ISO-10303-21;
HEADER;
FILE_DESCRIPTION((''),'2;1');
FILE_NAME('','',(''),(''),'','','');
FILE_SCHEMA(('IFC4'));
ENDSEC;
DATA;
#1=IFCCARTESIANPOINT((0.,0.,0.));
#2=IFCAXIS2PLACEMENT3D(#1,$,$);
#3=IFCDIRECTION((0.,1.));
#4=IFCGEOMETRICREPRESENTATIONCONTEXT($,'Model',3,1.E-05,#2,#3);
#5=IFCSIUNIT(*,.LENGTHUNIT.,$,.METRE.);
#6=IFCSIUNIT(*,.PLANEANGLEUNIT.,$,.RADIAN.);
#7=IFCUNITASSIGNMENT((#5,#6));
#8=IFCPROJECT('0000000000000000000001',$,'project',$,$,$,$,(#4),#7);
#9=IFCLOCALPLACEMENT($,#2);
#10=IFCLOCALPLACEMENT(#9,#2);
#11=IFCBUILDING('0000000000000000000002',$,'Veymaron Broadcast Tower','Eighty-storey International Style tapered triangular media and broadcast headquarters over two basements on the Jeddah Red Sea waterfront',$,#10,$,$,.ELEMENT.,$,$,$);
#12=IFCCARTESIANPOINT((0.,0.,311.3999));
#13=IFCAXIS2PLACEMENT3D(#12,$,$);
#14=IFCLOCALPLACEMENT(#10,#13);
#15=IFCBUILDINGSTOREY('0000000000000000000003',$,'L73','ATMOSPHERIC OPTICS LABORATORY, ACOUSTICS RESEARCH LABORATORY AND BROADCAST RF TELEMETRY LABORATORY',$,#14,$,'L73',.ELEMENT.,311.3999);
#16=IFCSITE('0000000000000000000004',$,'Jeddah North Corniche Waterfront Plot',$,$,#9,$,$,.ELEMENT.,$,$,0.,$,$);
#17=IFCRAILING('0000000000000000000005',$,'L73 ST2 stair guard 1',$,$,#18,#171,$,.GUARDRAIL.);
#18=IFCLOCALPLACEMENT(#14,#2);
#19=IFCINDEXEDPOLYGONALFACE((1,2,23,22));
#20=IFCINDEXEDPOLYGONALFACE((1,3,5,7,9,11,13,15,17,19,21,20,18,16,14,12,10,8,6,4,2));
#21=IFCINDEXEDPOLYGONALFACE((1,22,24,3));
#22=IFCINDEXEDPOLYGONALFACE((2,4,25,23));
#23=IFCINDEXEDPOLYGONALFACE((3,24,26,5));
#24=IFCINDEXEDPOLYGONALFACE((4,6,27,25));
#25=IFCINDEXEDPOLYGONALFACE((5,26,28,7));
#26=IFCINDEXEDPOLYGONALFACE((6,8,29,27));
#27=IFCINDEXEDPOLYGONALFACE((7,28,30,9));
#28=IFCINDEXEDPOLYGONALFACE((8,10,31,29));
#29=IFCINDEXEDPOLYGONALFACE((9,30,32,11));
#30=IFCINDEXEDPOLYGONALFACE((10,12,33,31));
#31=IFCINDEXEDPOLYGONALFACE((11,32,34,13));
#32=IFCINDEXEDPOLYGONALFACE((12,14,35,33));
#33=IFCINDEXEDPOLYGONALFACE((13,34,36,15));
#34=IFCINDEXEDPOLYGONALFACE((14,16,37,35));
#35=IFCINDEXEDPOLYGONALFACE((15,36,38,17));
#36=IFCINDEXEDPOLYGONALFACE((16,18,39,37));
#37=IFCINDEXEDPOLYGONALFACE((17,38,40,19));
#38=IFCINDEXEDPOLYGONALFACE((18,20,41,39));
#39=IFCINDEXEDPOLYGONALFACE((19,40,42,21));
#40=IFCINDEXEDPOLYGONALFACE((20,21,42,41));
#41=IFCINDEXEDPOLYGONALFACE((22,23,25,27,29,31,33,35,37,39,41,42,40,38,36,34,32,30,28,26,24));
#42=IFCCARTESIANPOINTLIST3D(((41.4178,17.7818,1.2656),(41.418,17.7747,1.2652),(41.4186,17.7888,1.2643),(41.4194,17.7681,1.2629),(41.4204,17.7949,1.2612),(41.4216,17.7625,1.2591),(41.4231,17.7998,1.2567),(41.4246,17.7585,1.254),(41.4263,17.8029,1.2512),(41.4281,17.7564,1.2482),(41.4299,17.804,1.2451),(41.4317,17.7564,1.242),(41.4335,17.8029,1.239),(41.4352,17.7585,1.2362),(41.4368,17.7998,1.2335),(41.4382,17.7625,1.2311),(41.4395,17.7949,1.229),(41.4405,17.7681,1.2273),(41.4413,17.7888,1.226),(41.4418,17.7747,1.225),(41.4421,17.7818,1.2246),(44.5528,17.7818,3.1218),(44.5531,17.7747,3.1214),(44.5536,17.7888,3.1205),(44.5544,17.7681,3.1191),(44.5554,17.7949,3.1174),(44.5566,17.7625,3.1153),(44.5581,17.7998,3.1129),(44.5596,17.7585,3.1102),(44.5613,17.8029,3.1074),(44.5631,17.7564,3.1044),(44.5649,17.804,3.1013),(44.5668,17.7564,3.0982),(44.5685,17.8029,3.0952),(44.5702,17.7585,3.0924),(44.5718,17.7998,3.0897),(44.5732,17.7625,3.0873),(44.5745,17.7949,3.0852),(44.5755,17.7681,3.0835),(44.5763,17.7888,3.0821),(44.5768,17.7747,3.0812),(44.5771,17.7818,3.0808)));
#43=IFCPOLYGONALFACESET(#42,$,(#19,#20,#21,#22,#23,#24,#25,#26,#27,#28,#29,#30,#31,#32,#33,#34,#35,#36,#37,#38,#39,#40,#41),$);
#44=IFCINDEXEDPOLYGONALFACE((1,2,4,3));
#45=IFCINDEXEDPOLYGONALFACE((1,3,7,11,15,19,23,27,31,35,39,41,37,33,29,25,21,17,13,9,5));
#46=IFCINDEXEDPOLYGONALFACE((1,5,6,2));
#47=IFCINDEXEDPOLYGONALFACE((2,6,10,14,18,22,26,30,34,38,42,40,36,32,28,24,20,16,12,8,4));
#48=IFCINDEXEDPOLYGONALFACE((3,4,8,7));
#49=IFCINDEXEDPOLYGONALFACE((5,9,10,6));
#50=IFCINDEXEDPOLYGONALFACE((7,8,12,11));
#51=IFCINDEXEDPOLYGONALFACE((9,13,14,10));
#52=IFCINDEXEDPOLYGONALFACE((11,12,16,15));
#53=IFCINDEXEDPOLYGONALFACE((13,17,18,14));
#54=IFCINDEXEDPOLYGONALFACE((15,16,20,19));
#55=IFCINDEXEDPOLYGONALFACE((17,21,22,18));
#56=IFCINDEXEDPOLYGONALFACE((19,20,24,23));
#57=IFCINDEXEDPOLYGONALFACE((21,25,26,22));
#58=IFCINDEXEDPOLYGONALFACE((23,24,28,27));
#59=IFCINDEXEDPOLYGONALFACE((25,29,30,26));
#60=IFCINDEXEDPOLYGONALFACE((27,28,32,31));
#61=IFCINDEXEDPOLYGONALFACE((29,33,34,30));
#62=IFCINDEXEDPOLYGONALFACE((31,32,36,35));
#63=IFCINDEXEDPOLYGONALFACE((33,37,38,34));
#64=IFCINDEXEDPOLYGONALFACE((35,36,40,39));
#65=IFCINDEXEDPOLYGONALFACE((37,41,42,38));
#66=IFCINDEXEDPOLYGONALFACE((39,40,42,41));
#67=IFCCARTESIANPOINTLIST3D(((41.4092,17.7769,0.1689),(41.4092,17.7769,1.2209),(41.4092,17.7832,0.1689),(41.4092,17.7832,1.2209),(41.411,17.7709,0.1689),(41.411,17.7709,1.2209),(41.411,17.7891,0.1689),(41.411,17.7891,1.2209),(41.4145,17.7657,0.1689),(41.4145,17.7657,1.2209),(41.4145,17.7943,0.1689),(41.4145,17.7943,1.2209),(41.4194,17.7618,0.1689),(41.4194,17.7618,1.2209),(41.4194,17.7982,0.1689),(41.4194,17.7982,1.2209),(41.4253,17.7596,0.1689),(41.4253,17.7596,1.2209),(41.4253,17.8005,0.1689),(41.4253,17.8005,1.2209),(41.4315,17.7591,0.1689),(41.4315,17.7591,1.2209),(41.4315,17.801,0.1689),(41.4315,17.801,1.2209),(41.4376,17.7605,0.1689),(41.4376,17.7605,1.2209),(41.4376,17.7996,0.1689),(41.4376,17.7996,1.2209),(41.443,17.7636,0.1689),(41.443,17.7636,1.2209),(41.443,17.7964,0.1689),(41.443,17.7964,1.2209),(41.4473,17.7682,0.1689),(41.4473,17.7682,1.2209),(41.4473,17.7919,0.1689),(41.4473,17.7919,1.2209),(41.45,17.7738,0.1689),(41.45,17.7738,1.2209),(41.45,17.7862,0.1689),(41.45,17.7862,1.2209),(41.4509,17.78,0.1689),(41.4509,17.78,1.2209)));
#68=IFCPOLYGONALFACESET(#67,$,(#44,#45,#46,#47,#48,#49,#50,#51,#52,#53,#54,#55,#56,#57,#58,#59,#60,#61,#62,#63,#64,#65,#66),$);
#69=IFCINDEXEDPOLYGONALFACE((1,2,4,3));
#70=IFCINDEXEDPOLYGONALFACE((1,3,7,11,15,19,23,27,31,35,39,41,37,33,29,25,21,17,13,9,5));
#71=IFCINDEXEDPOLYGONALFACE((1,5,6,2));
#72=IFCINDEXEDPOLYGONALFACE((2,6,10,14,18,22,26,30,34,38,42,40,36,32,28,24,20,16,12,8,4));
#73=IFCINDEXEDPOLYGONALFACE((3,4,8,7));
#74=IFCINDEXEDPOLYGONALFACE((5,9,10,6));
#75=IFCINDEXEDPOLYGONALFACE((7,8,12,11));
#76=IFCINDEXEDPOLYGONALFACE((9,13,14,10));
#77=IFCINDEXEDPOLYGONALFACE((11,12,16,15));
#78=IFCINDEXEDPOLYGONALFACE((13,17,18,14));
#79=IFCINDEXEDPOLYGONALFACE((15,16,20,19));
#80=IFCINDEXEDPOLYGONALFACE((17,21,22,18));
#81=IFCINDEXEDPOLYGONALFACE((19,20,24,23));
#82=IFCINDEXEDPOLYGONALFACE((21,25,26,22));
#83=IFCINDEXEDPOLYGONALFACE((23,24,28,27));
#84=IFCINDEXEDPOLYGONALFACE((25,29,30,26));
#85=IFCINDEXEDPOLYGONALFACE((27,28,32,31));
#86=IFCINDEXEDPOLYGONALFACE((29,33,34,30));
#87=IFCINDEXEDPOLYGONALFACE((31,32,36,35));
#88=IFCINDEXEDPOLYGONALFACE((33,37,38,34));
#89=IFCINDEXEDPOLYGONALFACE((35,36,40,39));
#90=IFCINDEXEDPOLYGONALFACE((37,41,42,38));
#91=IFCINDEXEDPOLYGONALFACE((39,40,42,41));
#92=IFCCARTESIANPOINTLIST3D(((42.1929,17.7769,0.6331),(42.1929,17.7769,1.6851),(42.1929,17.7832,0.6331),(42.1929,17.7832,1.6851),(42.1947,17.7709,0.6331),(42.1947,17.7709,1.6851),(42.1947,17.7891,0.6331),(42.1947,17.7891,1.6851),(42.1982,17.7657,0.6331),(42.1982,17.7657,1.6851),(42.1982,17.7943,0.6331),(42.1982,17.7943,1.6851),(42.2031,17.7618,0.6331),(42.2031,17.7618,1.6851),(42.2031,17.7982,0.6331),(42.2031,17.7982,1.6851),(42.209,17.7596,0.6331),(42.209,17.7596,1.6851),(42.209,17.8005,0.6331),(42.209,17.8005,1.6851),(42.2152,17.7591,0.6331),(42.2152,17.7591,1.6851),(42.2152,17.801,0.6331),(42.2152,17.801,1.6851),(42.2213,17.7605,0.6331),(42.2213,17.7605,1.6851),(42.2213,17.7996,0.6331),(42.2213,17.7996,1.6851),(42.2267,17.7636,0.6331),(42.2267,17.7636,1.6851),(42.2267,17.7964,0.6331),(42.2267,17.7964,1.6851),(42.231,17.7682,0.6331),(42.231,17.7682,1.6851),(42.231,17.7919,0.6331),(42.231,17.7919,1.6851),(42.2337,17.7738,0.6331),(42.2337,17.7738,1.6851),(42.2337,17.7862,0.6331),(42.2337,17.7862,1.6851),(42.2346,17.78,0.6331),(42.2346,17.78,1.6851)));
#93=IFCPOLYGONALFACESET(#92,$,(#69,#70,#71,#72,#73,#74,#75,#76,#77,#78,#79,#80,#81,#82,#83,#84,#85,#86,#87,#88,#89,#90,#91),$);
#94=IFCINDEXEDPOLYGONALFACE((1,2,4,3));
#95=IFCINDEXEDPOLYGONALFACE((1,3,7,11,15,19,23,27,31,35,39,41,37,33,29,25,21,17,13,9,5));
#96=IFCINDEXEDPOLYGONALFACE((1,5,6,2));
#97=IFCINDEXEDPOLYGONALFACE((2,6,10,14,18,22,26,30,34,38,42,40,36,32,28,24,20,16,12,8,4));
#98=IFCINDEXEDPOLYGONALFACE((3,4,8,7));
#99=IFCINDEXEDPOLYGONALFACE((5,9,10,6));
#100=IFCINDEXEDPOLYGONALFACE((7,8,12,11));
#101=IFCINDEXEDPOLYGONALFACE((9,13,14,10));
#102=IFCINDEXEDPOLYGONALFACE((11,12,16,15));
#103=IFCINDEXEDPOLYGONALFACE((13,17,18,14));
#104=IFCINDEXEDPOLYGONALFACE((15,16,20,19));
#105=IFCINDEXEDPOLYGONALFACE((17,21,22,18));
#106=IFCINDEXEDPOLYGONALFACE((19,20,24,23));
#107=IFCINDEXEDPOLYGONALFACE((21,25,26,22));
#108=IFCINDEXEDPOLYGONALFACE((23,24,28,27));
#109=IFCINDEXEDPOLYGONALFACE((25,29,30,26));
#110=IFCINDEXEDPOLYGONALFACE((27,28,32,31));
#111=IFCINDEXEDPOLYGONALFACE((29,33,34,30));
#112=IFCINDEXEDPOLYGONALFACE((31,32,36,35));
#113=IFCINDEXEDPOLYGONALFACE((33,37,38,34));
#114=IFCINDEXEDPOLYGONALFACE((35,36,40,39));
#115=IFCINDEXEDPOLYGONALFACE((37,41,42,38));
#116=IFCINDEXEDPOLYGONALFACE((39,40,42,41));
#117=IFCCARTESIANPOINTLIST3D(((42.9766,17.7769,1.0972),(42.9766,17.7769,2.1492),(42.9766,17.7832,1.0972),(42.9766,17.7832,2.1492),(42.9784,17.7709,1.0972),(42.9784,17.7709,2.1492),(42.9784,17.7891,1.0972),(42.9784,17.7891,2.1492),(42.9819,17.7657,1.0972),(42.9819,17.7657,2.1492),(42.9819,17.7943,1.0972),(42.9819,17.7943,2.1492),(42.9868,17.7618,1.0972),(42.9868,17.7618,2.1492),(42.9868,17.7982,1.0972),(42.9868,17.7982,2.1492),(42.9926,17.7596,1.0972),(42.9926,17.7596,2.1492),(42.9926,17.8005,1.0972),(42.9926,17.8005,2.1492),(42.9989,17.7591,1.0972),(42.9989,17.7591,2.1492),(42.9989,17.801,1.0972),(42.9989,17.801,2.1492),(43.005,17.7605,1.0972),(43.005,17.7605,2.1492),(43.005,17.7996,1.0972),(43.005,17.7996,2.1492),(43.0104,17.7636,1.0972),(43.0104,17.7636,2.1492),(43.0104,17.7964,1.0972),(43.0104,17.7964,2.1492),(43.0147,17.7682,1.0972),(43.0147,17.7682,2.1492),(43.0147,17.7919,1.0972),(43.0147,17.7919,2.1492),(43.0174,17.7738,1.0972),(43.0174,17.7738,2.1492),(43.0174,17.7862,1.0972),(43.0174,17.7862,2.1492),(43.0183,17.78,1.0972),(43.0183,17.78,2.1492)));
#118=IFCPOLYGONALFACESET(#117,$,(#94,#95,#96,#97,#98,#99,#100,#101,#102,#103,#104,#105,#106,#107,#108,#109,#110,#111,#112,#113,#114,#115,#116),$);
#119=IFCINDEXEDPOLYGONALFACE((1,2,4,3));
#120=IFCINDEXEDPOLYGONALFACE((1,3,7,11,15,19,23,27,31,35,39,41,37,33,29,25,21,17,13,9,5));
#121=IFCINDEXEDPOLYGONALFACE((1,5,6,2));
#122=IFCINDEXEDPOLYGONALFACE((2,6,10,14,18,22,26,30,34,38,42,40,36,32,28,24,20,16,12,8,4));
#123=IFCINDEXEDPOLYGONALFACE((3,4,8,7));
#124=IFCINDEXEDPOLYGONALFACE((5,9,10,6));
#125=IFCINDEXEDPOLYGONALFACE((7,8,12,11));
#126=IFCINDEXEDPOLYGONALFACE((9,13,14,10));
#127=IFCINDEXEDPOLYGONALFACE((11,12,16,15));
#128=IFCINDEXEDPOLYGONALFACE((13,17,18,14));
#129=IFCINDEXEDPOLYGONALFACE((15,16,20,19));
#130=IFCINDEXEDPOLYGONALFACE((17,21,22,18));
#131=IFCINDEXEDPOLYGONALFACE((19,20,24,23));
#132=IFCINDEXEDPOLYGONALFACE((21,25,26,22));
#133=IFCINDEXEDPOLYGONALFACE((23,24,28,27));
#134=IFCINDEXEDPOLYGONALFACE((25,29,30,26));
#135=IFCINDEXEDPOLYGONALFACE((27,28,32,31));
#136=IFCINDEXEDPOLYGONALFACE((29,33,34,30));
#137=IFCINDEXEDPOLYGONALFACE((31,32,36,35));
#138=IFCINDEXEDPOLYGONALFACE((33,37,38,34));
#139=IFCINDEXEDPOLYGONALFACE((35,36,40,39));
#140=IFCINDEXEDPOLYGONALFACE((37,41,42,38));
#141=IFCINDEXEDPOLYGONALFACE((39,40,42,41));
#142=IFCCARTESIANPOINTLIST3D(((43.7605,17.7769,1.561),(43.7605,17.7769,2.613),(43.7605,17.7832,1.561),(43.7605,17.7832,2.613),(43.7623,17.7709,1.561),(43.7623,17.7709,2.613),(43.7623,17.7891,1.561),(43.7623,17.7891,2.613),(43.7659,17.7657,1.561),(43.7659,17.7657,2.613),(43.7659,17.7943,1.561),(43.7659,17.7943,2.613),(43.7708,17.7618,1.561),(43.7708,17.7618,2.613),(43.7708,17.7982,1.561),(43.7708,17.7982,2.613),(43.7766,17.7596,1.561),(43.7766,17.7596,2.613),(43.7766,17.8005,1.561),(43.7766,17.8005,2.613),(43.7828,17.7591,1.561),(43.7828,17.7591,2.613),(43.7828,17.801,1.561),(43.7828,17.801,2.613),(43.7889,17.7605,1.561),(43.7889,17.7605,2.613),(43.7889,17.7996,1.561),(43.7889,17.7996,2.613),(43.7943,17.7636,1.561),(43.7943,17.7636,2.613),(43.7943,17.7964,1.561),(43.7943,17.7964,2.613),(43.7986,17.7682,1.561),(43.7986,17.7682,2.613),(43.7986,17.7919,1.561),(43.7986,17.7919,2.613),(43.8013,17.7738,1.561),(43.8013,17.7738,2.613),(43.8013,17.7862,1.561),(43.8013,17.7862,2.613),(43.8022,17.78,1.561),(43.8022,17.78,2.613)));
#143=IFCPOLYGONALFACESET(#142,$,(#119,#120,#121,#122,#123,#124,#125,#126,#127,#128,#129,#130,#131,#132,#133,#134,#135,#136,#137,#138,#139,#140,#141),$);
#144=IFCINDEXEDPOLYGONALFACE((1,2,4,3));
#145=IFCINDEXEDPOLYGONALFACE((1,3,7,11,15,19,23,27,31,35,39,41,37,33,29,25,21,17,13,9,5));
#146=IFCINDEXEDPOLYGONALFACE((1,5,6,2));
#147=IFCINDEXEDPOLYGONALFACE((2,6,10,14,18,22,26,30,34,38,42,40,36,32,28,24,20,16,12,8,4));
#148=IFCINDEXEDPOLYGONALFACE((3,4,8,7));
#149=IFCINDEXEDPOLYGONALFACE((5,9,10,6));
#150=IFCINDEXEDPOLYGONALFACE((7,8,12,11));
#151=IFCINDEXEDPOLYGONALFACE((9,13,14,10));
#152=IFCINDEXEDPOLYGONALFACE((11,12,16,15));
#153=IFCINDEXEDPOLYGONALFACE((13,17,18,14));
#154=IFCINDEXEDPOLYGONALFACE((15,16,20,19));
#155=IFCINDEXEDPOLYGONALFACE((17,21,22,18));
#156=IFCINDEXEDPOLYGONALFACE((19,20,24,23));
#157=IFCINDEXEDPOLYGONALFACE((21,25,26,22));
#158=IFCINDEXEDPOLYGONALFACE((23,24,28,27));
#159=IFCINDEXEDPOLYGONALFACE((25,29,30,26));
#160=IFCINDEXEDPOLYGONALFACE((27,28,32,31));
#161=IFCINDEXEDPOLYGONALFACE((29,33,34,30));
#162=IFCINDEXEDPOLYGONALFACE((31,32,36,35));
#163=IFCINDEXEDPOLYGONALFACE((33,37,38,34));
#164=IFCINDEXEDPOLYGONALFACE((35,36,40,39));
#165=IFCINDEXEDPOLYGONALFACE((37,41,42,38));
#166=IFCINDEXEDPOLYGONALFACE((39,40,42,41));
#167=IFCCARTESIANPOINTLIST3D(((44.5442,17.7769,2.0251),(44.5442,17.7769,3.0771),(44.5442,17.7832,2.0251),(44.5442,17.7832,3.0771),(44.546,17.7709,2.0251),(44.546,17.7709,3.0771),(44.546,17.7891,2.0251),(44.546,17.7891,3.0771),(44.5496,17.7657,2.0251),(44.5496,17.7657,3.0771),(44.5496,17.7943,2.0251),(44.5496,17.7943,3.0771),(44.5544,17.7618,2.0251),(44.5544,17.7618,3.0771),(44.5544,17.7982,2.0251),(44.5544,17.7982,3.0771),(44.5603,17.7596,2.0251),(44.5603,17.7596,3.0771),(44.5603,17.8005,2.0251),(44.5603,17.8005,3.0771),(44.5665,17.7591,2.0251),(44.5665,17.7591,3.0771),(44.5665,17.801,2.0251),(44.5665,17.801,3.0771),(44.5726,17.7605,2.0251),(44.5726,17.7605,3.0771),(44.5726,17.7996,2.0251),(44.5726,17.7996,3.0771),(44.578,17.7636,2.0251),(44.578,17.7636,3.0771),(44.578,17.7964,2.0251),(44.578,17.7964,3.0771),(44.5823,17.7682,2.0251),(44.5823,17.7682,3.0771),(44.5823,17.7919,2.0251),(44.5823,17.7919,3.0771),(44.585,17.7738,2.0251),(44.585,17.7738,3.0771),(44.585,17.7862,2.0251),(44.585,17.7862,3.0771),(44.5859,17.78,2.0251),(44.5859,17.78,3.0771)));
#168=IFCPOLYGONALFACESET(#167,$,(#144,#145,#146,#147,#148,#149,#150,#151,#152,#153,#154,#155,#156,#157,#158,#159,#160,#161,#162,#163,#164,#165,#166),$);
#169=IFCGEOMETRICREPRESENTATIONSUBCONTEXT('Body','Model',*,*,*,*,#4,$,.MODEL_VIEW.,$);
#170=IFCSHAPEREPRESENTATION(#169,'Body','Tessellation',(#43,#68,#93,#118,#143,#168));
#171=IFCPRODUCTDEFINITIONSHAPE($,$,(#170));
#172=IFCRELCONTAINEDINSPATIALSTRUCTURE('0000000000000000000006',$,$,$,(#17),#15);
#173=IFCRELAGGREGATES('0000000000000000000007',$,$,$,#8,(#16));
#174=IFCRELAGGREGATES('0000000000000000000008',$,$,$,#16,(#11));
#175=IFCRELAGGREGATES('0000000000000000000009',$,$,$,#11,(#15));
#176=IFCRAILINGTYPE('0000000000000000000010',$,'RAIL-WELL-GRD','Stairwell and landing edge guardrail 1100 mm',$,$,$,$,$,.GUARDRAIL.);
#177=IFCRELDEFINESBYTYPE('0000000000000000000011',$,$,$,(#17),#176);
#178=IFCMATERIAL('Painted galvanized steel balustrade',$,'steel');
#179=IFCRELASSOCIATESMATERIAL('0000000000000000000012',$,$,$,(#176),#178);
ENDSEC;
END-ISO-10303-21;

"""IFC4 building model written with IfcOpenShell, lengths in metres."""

from ifc_helpers import new_model, si_unit, direction, frame, origin, origin_2d, place, context, subcontext, project, spatial, circle, extrude, material, type_object, element, save


model = new_model("IFC4")

# Units and contexts
model_context = context("Model", 3, precision=1e-05, world=origin(), true_north=direction((0.0, 1.0)))
body_context = subcontext(model_context, "Body", "Model", "MODEL_VIEW")
ifc_project = project(units=[si_unit("LENGTHUNIT", "METRE"), si_unit("PLANEANGLEUNIT", "RADIAN")], contexts=[model_context])

# Site, building, storey
site_placement = place(None, origin())
site = spatial("IfcSite", under=ifc_project, at=site_placement, Name="Jeddah North Corniche Waterfront Plot", CompositionType="ELEMENT", RefElevation=0.0)
building_placement = place(site_placement, origin())
building = spatial("IfcBuilding", under=site, at=building_placement, Name="Veymaron Broadcast Tower", Description="Eighty-storey International Style tapered triangular media and broadcast headquarters over two basements on the Jeddah Red Sea waterfront", CompositionType="ELEMENT")
storey_placement = place(building_placement, frame((0.0, 0.0, 311.3999)))
storey = spatial("IfcBuildingStorey", under=building, at=storey_placement, Name="L73", Description="ATMOSPHERIC OPTICS LABORATORY, ACOUSTICS RESEARCH LABORATORY AND BROADCAST RF TELEMETRY LABORATORY", LongName="L73", CompositionType="ELEMENT", Elevation=311.3999)

# Railing
ifc_material_1 = material(Name="Painted galvanized steel balustrade", Category="steel")
railing_type_1 = type_object("IfcRailingType", Name="RAIL-WELL-GRD", Description="Stairwell and landing edge guardrail 1100 mm", PredefinedType="GUARDRAIL", material=ifc_material_1)
railing_1_placement = place(storey_placement, frame((41.4299, 17.78, 0.1689)))
element("IfcRailing", 1, at=railing_1_placement, inside=storey, type_object=railing_type_1, Name="L73 ST2 stair guard 1", PredefinedType="GUARDRAIL", context=body_context, shape_type="SweptSolid", body=[
    extrude(circle(Radius=0.0239, at=origin_2d()), frame((0.0, 0.0, 1.0762), z_axis=(0.860482, 0.0, 0.509481), x_axis=(0.0, 1.0, 0.0)), (0.0, 0.0, 1.0), 3.6433),
    extrude(circle(Radius=0.021, at=origin_2d()), origin(), (0.0, 0.0, 1.0), 1.052),
    extrude(circle(Radius=0.021, at=origin_2d()), frame((0.7837, 0.0, 0.4641)), (0.0, 0.0, 1.0), 1.052),
    extrude(circle(Radius=0.021, at=origin_2d()), frame((1.5674, 0.0, 0.9282)), (0.0, 0.0, 1.0), 1.052),
    extrude(circle(Radius=0.021, at=origin_2d()), frame((2.3513, 0.0, 1.3921)), (0.0, 0.0, 1.0), 1.052),
    extrude(circle(Radius=0.021, at=origin_2d()), frame((3.135, 0.0, 1.8562)), (0.0, 0.0, 1.0), 1.052),
])

save(model, "model.ifc")
